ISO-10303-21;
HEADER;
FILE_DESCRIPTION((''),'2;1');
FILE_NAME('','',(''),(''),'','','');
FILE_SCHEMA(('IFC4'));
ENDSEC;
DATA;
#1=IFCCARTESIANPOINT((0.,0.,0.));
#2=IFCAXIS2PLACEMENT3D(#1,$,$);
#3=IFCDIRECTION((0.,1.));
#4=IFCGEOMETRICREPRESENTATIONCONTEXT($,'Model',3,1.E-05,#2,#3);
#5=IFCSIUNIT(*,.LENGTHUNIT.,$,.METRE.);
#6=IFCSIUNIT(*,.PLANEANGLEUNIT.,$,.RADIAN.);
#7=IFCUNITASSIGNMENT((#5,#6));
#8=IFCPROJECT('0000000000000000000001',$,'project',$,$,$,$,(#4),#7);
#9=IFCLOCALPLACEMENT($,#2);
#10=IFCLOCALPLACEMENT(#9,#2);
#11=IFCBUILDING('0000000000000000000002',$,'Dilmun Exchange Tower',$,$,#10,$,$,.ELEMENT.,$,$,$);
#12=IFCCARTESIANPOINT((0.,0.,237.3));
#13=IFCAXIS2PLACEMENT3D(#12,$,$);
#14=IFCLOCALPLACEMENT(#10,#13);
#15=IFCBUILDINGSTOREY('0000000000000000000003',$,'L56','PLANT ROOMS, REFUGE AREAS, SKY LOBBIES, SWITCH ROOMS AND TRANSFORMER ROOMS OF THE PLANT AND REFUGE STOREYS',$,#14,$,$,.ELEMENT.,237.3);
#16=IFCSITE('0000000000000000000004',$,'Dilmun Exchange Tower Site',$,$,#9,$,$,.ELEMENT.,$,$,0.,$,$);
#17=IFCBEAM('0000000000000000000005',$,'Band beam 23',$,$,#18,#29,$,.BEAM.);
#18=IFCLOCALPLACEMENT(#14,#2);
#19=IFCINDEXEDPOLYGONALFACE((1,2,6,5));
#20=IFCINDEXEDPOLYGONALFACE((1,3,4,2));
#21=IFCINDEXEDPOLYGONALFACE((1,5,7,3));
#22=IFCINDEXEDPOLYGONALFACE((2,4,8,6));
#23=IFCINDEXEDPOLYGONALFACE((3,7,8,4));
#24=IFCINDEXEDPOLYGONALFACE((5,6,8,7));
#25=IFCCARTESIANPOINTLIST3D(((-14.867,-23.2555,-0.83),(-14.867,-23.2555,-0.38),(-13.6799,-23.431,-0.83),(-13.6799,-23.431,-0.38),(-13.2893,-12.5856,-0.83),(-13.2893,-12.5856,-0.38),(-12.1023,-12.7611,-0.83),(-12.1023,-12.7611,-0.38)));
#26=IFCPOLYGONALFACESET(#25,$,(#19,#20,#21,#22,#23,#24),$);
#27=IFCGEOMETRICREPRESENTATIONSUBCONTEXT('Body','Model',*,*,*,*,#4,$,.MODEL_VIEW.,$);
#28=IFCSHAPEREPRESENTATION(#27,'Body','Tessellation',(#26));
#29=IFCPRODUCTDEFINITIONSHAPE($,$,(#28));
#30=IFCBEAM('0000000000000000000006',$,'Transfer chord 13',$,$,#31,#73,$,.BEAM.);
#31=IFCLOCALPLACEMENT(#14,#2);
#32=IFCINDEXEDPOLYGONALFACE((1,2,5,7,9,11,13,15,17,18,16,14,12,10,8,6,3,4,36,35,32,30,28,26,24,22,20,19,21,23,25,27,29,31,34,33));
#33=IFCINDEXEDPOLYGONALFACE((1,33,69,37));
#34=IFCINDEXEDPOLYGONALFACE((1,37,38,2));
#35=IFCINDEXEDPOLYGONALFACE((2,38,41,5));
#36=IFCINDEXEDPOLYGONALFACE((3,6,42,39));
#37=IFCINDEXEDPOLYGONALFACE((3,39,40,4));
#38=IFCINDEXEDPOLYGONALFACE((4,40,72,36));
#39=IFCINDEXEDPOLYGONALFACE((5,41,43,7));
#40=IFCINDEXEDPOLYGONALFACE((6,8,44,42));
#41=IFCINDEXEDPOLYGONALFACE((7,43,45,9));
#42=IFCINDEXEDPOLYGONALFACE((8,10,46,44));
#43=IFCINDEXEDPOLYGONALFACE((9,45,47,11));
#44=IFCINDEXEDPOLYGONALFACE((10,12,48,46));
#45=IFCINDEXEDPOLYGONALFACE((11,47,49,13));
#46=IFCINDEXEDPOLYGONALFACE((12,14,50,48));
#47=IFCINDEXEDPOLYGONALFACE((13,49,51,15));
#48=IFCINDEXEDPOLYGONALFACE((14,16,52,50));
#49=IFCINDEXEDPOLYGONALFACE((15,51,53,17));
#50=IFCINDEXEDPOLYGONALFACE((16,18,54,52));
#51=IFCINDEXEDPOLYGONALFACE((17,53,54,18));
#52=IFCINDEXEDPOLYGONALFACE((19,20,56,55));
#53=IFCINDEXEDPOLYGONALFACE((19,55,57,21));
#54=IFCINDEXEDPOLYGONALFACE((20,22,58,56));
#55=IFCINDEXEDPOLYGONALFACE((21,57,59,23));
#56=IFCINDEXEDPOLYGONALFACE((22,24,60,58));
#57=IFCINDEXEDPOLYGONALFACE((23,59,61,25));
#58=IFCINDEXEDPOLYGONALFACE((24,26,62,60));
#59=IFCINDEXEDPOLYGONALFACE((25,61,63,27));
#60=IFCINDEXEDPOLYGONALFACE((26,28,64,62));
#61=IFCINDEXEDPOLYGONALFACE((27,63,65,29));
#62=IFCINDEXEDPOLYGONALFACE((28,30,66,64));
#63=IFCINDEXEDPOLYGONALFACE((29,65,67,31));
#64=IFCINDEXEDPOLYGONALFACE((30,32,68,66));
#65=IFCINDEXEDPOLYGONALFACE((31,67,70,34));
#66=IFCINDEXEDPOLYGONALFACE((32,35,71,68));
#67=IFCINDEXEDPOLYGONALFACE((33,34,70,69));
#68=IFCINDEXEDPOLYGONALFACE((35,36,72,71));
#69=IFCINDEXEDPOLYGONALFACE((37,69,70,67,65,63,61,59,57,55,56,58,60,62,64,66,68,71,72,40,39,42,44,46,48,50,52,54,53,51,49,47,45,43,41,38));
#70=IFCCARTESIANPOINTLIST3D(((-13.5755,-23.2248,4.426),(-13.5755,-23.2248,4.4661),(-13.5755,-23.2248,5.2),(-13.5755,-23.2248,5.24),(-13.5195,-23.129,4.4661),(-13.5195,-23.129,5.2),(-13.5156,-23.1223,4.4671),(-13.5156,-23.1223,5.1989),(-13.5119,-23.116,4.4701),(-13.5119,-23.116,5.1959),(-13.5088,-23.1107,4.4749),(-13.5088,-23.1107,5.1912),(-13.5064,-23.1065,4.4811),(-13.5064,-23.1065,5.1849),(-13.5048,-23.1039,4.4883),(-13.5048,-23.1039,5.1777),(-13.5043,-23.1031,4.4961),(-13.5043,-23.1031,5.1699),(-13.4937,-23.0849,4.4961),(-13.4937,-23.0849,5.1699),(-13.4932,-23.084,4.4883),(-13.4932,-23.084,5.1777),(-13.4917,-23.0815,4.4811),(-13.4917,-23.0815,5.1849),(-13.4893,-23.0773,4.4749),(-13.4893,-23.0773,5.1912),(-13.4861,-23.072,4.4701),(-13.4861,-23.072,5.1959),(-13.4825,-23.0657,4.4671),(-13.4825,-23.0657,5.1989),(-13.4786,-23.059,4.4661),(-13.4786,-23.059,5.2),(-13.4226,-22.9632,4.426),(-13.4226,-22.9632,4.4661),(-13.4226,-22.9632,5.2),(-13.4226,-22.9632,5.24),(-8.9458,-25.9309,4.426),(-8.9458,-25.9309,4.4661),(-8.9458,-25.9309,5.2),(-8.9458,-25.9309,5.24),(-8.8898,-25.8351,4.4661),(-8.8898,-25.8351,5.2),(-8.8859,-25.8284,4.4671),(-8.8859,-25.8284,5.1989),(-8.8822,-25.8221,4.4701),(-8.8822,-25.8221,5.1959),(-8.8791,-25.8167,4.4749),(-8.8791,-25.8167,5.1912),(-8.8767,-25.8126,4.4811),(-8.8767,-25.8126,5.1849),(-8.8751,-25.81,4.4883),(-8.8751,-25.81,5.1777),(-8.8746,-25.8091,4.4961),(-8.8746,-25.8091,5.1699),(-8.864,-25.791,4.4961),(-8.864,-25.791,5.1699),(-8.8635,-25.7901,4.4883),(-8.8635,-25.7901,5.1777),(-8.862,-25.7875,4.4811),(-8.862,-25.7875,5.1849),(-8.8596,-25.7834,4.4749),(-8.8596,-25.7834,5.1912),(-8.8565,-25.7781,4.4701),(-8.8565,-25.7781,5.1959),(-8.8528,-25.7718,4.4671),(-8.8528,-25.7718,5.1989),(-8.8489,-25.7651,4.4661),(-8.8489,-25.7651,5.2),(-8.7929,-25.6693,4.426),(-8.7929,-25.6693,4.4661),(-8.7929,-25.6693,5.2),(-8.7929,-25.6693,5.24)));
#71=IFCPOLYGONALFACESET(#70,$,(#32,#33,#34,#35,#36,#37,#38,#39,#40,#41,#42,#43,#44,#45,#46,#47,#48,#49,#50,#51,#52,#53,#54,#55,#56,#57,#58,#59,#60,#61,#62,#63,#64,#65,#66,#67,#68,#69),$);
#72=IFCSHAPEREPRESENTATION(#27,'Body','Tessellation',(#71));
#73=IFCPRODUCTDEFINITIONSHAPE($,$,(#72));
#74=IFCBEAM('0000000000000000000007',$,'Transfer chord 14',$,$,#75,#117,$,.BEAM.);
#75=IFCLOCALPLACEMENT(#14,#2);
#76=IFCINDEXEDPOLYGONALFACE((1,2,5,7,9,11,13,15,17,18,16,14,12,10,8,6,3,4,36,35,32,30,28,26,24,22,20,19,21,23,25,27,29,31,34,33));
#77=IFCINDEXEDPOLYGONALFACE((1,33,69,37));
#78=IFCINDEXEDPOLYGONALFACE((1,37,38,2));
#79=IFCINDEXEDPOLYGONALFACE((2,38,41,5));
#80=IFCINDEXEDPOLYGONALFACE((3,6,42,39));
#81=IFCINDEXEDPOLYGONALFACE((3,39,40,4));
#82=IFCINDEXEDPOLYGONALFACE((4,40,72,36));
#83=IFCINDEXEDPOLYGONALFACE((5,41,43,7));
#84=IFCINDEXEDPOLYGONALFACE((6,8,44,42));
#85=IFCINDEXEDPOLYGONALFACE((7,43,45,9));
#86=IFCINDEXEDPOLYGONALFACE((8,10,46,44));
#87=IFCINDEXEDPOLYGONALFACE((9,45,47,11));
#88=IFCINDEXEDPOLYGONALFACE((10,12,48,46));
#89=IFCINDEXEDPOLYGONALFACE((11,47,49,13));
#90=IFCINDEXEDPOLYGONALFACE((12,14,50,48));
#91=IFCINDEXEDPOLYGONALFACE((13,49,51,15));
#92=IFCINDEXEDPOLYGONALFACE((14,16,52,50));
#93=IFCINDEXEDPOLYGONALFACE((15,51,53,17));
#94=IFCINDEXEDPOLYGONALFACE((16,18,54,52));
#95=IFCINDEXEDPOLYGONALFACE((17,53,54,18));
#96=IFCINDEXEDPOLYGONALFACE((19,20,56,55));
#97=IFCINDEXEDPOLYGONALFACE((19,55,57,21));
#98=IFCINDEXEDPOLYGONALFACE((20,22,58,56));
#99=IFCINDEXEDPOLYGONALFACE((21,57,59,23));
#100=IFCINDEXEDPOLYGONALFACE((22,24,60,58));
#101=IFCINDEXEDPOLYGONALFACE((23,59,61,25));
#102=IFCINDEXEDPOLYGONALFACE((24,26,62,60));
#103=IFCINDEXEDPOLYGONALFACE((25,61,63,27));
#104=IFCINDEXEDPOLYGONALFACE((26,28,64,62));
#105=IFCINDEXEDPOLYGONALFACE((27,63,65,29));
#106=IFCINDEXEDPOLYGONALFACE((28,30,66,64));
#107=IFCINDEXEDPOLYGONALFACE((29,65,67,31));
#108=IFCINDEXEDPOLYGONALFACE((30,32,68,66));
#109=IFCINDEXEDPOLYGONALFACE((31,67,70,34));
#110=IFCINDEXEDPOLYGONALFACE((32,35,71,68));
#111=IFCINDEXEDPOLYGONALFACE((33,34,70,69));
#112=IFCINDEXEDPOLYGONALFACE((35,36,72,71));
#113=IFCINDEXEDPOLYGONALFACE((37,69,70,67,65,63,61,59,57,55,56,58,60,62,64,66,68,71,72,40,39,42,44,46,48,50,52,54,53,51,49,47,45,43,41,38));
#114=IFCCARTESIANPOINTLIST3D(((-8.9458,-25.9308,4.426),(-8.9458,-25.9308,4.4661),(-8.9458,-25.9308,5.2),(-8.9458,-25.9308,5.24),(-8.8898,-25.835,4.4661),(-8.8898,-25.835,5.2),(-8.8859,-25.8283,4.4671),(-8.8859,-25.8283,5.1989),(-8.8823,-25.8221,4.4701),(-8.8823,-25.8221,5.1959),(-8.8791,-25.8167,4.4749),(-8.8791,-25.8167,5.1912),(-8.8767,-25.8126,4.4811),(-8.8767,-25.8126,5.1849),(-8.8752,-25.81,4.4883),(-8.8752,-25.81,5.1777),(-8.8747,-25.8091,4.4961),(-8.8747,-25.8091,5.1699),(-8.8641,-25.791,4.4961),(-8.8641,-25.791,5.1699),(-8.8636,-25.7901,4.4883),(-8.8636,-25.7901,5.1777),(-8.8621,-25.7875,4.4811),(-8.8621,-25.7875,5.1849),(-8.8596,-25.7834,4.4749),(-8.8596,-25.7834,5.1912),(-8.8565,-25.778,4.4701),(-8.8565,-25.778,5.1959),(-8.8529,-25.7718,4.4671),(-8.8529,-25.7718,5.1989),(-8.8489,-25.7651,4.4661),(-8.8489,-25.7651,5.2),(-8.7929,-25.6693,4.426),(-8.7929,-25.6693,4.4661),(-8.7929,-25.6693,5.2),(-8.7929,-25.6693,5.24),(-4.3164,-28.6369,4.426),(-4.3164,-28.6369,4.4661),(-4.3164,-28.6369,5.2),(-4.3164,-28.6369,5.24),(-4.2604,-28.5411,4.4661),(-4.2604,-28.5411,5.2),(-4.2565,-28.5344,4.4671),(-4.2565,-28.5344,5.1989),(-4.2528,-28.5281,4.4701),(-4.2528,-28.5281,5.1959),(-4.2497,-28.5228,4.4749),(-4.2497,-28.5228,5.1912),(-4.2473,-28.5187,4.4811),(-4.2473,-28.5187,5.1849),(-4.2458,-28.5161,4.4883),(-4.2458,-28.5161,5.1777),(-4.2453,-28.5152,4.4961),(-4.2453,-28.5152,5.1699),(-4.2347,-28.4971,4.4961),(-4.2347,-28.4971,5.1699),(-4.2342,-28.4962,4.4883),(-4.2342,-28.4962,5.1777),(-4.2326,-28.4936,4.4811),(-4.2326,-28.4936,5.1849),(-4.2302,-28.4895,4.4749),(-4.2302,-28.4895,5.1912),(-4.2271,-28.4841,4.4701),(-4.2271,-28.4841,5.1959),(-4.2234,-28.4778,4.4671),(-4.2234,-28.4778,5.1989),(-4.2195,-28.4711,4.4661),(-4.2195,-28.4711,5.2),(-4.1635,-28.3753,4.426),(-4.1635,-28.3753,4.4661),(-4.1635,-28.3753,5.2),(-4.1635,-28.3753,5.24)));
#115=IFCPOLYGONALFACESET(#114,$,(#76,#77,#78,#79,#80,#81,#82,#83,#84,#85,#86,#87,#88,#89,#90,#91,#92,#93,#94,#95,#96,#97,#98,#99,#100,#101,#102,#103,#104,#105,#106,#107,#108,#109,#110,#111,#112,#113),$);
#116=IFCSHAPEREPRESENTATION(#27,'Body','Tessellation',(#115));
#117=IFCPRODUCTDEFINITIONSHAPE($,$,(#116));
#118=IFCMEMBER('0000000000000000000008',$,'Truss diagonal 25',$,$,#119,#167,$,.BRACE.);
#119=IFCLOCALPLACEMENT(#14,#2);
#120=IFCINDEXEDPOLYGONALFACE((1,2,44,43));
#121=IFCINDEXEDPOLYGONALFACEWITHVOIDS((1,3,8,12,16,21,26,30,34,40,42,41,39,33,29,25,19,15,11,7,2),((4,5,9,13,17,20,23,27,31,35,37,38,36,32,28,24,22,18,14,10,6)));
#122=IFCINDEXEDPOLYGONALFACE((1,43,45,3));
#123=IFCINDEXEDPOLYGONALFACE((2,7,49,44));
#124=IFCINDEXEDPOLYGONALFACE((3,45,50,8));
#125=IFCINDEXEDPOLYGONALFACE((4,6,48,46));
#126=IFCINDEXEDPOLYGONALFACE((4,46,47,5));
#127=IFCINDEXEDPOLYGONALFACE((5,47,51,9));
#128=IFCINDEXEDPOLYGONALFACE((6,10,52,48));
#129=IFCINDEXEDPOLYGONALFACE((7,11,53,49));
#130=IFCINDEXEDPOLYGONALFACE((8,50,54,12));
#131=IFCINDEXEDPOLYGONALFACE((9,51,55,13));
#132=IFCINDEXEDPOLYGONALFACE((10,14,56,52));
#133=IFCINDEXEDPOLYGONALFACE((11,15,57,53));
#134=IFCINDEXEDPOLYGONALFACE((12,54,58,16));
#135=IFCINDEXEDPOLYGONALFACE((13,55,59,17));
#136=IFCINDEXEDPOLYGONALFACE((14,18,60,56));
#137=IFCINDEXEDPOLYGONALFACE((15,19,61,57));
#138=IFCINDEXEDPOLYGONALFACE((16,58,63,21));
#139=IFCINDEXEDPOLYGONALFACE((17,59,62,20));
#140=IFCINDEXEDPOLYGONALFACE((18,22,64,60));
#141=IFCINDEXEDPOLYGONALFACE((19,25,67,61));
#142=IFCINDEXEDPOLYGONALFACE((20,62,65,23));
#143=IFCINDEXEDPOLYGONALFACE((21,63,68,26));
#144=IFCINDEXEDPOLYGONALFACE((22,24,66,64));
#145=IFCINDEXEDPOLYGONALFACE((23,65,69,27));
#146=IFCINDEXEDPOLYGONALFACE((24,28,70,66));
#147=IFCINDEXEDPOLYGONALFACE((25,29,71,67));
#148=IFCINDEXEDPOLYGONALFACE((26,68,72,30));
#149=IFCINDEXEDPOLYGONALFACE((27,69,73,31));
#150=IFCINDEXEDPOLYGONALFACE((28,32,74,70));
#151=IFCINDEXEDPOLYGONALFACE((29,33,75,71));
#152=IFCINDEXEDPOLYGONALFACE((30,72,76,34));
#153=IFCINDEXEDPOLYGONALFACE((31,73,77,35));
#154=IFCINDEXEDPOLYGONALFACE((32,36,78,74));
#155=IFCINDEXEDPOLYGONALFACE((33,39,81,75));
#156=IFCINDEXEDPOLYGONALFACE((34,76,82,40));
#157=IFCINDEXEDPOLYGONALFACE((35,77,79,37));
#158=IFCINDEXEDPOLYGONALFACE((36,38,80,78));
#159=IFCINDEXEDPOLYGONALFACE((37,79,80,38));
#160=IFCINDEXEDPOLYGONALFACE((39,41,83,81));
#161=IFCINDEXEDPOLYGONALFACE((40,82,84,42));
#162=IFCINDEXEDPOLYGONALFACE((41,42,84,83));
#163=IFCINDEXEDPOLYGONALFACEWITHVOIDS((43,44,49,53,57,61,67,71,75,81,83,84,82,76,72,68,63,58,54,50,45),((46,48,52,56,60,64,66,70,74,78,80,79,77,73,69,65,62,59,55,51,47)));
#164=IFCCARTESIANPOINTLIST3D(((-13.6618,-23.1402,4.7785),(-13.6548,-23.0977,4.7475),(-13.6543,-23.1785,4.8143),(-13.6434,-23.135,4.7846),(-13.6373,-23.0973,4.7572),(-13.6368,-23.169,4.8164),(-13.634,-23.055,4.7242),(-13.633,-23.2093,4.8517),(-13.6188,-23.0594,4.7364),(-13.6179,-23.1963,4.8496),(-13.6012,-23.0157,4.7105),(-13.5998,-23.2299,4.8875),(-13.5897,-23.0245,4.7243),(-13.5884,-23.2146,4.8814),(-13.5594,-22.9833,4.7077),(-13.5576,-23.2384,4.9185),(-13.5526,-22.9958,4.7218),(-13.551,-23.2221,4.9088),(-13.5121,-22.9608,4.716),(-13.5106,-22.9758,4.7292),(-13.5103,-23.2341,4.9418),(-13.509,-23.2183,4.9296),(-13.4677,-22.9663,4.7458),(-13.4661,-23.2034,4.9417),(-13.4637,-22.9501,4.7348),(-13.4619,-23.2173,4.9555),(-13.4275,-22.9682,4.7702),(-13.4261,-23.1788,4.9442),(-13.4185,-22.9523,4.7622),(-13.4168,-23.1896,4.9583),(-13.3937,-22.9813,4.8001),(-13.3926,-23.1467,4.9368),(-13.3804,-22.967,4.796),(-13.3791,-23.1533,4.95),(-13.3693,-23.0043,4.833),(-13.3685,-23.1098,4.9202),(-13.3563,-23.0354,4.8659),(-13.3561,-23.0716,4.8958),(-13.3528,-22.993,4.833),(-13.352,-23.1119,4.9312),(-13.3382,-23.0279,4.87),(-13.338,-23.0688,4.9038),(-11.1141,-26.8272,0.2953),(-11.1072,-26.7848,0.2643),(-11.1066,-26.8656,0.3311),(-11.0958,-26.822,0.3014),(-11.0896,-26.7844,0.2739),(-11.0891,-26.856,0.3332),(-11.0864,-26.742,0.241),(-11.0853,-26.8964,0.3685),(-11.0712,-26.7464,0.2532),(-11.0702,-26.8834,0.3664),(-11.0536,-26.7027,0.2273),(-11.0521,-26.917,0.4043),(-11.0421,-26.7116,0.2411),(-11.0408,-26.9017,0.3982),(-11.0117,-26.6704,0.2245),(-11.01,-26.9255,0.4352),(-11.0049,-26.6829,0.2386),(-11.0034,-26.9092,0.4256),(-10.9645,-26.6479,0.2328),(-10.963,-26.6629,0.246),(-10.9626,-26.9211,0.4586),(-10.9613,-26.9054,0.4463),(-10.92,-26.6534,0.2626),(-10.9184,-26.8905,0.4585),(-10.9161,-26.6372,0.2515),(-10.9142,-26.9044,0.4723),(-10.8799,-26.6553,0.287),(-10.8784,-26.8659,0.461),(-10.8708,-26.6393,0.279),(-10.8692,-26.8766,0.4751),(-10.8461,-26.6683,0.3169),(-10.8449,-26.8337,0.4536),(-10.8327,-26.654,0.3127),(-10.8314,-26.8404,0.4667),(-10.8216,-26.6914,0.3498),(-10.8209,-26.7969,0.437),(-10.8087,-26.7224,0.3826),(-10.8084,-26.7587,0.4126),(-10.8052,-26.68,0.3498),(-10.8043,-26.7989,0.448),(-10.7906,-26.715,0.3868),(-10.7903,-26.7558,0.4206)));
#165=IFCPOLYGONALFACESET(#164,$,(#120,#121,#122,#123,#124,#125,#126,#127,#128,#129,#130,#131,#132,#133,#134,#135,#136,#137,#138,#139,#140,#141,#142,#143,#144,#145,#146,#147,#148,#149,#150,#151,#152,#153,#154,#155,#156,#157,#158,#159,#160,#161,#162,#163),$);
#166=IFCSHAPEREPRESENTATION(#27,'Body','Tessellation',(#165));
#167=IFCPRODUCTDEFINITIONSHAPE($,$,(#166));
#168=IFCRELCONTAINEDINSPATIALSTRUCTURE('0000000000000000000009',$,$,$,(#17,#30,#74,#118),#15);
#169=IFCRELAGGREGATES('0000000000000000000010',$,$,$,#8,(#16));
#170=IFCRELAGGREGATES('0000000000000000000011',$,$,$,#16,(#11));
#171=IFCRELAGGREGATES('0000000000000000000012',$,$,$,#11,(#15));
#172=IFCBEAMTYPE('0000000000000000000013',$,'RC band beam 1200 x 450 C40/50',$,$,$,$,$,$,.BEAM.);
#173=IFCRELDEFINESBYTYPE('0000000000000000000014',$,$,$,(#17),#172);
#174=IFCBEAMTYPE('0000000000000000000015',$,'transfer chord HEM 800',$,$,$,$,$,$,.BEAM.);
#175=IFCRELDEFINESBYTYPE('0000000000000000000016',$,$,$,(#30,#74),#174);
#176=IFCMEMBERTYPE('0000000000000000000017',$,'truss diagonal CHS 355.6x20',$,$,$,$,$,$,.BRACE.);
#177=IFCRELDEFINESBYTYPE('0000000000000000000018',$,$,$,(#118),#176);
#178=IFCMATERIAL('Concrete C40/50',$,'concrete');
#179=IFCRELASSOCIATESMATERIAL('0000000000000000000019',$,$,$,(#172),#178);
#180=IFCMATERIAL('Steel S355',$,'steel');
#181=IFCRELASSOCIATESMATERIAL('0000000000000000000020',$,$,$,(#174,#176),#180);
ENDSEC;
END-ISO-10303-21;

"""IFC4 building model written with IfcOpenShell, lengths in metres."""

from ifc_helpers import new_model, si_unit, direction, frame, origin, origin_2d, place, context, subcontext, project, spatial, rectangle, hollow_circle, i_section, extrude, material, material_profile, profile_set, type_object, element, save


model = new_model("IFC4")

# Units and contexts
model_context = context("Model", 3, precision=1e-05, world=origin(), true_north=direction((0.0, 1.0)))
body_context = subcontext(model_context, "Body", "Model", "MODEL_VIEW")
ifc_project = project(units=[si_unit("LENGTHUNIT", "METRE"), si_unit("PLANEANGLEUNIT", "RADIAN")], contexts=[model_context])

# Site, building, storey
site_placement = place(None, origin())
site = spatial("IfcSite", under=ifc_project, at=site_placement, Name="Dilmun Exchange Tower Site", CompositionType="ELEMENT", RefElevation=0.0)
building_placement = place(site_placement, origin())
building = spatial("IfcBuilding", under=site, at=building_placement, Name="Dilmun Exchange Tower", CompositionType="ELEMENT")
storey_placement = place(building_placement, frame((0.0, 0.0, 237.3)))
storey = spatial("IfcBuildingStorey", under=building, at=storey_placement, Name="L56", Description="PLANT ROOMS, REFUGE AREAS, SKY LOBBIES, SWITCH ROOMS AND TRANSFORMER ROOMS OF THE PLANT AND REFUGE STOREYS", CompositionType="ELEMENT", Elevation=237.3)

# Beams
ifc_material_1 = material(Name="Concrete C40/50", Category="concrete")
ifc_material_profile_1 = material_profile(ifc_material_1, rectangle(XDim=1.2, YDim=0.45, at=origin_2d()), Name="1200 x 450")
ifc_profile_set_1 = profile_set([ifc_material_profile_1], Name="Concrete C40/50")
beam_type_1 = type_object("IfcBeamType", Name="RC band beam 1200 x 450 C40/50", PredefinedType="BEAM", material=ifc_profile_set_1)
beam_1_placement = place(storey_placement, frame((-14.2734, -23.3433, -0.605), z_axis=(0.146268, 0.989245, 0.0), x_axis=(-0.989245, 0.146268, 0.0)))
element("IfcBeam", 1, at=beam_1_placement, inside=storey, type_object=beam_type_1, Name="Band beam 23", PredefinedType="BEAM", context=body_context, shape_type="SweptSolid", body=[
    extrude(rectangle(XDim=1.2, YDim=0.45, at=origin_2d()), origin(), (0.0, 0.0, 1.0), 10.7859),
])
ifc_material_2 = material(Name="Steel S355", Category="steel")
ifc_material_profile_2 = material_profile(ifc_material_2, i_section(OverallWidth=0.303, OverallDepth=0.814, WebThickness=0.021, FlangeThickness=0.04, FilletRadius=0.03, at=origin_2d()), Name="HEM 800")
ifc_profile_set_2 = profile_set([ifc_material_profile_2], Name="Steel S355")
beam_type_2 = type_object("IfcBeamType", Name="transfer chord HEM 800", PredefinedType="BEAM", material=ifc_profile_set_2)
beam_2_placement = place(storey_placement, frame((-13.499, -23.094, 4.833), z_axis=(0.863338, -0.504627, 0.0), x_axis=(0.504627, 0.863338, 0.0)))
element("IfcBeam", 2, at=beam_2_placement, inside=storey, type_object=beam_type_2, Name="Transfer chord 13", PredefinedType="BEAM", context=body_context, shape_type="SweptSolid", body=[
    extrude(i_section(OverallWidth=0.303, OverallDepth=0.814, WebThickness=0.021, FlangeThickness=0.04, FilletRadius=0.03, at=origin_2d()), origin(), (0.0, 0.0, 1.0), 5.3625),
])
beam_3_placement = place(storey_placement, frame((-8.8694, -25.8, 4.833), z_axis=(0.863326, -0.504646, 0.0), x_axis=(0.504646, 0.863326, 0.0)))
element("IfcBeam", 3, at=beam_3_placement, inside=storey, type_object=beam_type_2, Name="Transfer chord 14", PredefinedType="BEAM", context=body_context, shape_type="SweptSolid", body=[
    extrude(i_section(OverallWidth=0.303, OverallDepth=0.814, WebThickness=0.021, FlangeThickness=0.04, FilletRadius=0.03, at=origin_2d()), origin(), (0.0, 0.0, 1.0), 5.3623),
])

# Member
ifc_material_profile_3 = material_profile(ifc_material_2, hollow_circle(Radius=0.1777, WallThickness=0.02, at=origin_2d()), Name="CHS 355.6x20")
ifc_profile_set_3 = profile_set([ifc_material_profile_3], Name="Steel S355")
member_type = type_object("IfcMemberType", Name="truss diagonal CHS 355.6x20", PredefinedType="BRACE", material=ifc_profile_set_3)
member_1_placement = place(storey_placement, frame((-13.499, -23.094, 4.833), z_axis=(0.401894, -0.581639, -0.707233), x_axis=(0.822708, 0.568465, 0.0)))
element("IfcMember", 4, at=member_1_placement, inside=storey, type_object=member_type, Name="Truss diagonal 25", PredefinedType="BRACE", context=body_context, shape_type="SweptSolid", body=[
    extrude(hollow_circle(Radius=0.1777, WallThickness=0.02, at=origin_2d()), origin(), (0.0, 0.0, 1.0), 6.3391),
])

save(model, "model.ifc")
